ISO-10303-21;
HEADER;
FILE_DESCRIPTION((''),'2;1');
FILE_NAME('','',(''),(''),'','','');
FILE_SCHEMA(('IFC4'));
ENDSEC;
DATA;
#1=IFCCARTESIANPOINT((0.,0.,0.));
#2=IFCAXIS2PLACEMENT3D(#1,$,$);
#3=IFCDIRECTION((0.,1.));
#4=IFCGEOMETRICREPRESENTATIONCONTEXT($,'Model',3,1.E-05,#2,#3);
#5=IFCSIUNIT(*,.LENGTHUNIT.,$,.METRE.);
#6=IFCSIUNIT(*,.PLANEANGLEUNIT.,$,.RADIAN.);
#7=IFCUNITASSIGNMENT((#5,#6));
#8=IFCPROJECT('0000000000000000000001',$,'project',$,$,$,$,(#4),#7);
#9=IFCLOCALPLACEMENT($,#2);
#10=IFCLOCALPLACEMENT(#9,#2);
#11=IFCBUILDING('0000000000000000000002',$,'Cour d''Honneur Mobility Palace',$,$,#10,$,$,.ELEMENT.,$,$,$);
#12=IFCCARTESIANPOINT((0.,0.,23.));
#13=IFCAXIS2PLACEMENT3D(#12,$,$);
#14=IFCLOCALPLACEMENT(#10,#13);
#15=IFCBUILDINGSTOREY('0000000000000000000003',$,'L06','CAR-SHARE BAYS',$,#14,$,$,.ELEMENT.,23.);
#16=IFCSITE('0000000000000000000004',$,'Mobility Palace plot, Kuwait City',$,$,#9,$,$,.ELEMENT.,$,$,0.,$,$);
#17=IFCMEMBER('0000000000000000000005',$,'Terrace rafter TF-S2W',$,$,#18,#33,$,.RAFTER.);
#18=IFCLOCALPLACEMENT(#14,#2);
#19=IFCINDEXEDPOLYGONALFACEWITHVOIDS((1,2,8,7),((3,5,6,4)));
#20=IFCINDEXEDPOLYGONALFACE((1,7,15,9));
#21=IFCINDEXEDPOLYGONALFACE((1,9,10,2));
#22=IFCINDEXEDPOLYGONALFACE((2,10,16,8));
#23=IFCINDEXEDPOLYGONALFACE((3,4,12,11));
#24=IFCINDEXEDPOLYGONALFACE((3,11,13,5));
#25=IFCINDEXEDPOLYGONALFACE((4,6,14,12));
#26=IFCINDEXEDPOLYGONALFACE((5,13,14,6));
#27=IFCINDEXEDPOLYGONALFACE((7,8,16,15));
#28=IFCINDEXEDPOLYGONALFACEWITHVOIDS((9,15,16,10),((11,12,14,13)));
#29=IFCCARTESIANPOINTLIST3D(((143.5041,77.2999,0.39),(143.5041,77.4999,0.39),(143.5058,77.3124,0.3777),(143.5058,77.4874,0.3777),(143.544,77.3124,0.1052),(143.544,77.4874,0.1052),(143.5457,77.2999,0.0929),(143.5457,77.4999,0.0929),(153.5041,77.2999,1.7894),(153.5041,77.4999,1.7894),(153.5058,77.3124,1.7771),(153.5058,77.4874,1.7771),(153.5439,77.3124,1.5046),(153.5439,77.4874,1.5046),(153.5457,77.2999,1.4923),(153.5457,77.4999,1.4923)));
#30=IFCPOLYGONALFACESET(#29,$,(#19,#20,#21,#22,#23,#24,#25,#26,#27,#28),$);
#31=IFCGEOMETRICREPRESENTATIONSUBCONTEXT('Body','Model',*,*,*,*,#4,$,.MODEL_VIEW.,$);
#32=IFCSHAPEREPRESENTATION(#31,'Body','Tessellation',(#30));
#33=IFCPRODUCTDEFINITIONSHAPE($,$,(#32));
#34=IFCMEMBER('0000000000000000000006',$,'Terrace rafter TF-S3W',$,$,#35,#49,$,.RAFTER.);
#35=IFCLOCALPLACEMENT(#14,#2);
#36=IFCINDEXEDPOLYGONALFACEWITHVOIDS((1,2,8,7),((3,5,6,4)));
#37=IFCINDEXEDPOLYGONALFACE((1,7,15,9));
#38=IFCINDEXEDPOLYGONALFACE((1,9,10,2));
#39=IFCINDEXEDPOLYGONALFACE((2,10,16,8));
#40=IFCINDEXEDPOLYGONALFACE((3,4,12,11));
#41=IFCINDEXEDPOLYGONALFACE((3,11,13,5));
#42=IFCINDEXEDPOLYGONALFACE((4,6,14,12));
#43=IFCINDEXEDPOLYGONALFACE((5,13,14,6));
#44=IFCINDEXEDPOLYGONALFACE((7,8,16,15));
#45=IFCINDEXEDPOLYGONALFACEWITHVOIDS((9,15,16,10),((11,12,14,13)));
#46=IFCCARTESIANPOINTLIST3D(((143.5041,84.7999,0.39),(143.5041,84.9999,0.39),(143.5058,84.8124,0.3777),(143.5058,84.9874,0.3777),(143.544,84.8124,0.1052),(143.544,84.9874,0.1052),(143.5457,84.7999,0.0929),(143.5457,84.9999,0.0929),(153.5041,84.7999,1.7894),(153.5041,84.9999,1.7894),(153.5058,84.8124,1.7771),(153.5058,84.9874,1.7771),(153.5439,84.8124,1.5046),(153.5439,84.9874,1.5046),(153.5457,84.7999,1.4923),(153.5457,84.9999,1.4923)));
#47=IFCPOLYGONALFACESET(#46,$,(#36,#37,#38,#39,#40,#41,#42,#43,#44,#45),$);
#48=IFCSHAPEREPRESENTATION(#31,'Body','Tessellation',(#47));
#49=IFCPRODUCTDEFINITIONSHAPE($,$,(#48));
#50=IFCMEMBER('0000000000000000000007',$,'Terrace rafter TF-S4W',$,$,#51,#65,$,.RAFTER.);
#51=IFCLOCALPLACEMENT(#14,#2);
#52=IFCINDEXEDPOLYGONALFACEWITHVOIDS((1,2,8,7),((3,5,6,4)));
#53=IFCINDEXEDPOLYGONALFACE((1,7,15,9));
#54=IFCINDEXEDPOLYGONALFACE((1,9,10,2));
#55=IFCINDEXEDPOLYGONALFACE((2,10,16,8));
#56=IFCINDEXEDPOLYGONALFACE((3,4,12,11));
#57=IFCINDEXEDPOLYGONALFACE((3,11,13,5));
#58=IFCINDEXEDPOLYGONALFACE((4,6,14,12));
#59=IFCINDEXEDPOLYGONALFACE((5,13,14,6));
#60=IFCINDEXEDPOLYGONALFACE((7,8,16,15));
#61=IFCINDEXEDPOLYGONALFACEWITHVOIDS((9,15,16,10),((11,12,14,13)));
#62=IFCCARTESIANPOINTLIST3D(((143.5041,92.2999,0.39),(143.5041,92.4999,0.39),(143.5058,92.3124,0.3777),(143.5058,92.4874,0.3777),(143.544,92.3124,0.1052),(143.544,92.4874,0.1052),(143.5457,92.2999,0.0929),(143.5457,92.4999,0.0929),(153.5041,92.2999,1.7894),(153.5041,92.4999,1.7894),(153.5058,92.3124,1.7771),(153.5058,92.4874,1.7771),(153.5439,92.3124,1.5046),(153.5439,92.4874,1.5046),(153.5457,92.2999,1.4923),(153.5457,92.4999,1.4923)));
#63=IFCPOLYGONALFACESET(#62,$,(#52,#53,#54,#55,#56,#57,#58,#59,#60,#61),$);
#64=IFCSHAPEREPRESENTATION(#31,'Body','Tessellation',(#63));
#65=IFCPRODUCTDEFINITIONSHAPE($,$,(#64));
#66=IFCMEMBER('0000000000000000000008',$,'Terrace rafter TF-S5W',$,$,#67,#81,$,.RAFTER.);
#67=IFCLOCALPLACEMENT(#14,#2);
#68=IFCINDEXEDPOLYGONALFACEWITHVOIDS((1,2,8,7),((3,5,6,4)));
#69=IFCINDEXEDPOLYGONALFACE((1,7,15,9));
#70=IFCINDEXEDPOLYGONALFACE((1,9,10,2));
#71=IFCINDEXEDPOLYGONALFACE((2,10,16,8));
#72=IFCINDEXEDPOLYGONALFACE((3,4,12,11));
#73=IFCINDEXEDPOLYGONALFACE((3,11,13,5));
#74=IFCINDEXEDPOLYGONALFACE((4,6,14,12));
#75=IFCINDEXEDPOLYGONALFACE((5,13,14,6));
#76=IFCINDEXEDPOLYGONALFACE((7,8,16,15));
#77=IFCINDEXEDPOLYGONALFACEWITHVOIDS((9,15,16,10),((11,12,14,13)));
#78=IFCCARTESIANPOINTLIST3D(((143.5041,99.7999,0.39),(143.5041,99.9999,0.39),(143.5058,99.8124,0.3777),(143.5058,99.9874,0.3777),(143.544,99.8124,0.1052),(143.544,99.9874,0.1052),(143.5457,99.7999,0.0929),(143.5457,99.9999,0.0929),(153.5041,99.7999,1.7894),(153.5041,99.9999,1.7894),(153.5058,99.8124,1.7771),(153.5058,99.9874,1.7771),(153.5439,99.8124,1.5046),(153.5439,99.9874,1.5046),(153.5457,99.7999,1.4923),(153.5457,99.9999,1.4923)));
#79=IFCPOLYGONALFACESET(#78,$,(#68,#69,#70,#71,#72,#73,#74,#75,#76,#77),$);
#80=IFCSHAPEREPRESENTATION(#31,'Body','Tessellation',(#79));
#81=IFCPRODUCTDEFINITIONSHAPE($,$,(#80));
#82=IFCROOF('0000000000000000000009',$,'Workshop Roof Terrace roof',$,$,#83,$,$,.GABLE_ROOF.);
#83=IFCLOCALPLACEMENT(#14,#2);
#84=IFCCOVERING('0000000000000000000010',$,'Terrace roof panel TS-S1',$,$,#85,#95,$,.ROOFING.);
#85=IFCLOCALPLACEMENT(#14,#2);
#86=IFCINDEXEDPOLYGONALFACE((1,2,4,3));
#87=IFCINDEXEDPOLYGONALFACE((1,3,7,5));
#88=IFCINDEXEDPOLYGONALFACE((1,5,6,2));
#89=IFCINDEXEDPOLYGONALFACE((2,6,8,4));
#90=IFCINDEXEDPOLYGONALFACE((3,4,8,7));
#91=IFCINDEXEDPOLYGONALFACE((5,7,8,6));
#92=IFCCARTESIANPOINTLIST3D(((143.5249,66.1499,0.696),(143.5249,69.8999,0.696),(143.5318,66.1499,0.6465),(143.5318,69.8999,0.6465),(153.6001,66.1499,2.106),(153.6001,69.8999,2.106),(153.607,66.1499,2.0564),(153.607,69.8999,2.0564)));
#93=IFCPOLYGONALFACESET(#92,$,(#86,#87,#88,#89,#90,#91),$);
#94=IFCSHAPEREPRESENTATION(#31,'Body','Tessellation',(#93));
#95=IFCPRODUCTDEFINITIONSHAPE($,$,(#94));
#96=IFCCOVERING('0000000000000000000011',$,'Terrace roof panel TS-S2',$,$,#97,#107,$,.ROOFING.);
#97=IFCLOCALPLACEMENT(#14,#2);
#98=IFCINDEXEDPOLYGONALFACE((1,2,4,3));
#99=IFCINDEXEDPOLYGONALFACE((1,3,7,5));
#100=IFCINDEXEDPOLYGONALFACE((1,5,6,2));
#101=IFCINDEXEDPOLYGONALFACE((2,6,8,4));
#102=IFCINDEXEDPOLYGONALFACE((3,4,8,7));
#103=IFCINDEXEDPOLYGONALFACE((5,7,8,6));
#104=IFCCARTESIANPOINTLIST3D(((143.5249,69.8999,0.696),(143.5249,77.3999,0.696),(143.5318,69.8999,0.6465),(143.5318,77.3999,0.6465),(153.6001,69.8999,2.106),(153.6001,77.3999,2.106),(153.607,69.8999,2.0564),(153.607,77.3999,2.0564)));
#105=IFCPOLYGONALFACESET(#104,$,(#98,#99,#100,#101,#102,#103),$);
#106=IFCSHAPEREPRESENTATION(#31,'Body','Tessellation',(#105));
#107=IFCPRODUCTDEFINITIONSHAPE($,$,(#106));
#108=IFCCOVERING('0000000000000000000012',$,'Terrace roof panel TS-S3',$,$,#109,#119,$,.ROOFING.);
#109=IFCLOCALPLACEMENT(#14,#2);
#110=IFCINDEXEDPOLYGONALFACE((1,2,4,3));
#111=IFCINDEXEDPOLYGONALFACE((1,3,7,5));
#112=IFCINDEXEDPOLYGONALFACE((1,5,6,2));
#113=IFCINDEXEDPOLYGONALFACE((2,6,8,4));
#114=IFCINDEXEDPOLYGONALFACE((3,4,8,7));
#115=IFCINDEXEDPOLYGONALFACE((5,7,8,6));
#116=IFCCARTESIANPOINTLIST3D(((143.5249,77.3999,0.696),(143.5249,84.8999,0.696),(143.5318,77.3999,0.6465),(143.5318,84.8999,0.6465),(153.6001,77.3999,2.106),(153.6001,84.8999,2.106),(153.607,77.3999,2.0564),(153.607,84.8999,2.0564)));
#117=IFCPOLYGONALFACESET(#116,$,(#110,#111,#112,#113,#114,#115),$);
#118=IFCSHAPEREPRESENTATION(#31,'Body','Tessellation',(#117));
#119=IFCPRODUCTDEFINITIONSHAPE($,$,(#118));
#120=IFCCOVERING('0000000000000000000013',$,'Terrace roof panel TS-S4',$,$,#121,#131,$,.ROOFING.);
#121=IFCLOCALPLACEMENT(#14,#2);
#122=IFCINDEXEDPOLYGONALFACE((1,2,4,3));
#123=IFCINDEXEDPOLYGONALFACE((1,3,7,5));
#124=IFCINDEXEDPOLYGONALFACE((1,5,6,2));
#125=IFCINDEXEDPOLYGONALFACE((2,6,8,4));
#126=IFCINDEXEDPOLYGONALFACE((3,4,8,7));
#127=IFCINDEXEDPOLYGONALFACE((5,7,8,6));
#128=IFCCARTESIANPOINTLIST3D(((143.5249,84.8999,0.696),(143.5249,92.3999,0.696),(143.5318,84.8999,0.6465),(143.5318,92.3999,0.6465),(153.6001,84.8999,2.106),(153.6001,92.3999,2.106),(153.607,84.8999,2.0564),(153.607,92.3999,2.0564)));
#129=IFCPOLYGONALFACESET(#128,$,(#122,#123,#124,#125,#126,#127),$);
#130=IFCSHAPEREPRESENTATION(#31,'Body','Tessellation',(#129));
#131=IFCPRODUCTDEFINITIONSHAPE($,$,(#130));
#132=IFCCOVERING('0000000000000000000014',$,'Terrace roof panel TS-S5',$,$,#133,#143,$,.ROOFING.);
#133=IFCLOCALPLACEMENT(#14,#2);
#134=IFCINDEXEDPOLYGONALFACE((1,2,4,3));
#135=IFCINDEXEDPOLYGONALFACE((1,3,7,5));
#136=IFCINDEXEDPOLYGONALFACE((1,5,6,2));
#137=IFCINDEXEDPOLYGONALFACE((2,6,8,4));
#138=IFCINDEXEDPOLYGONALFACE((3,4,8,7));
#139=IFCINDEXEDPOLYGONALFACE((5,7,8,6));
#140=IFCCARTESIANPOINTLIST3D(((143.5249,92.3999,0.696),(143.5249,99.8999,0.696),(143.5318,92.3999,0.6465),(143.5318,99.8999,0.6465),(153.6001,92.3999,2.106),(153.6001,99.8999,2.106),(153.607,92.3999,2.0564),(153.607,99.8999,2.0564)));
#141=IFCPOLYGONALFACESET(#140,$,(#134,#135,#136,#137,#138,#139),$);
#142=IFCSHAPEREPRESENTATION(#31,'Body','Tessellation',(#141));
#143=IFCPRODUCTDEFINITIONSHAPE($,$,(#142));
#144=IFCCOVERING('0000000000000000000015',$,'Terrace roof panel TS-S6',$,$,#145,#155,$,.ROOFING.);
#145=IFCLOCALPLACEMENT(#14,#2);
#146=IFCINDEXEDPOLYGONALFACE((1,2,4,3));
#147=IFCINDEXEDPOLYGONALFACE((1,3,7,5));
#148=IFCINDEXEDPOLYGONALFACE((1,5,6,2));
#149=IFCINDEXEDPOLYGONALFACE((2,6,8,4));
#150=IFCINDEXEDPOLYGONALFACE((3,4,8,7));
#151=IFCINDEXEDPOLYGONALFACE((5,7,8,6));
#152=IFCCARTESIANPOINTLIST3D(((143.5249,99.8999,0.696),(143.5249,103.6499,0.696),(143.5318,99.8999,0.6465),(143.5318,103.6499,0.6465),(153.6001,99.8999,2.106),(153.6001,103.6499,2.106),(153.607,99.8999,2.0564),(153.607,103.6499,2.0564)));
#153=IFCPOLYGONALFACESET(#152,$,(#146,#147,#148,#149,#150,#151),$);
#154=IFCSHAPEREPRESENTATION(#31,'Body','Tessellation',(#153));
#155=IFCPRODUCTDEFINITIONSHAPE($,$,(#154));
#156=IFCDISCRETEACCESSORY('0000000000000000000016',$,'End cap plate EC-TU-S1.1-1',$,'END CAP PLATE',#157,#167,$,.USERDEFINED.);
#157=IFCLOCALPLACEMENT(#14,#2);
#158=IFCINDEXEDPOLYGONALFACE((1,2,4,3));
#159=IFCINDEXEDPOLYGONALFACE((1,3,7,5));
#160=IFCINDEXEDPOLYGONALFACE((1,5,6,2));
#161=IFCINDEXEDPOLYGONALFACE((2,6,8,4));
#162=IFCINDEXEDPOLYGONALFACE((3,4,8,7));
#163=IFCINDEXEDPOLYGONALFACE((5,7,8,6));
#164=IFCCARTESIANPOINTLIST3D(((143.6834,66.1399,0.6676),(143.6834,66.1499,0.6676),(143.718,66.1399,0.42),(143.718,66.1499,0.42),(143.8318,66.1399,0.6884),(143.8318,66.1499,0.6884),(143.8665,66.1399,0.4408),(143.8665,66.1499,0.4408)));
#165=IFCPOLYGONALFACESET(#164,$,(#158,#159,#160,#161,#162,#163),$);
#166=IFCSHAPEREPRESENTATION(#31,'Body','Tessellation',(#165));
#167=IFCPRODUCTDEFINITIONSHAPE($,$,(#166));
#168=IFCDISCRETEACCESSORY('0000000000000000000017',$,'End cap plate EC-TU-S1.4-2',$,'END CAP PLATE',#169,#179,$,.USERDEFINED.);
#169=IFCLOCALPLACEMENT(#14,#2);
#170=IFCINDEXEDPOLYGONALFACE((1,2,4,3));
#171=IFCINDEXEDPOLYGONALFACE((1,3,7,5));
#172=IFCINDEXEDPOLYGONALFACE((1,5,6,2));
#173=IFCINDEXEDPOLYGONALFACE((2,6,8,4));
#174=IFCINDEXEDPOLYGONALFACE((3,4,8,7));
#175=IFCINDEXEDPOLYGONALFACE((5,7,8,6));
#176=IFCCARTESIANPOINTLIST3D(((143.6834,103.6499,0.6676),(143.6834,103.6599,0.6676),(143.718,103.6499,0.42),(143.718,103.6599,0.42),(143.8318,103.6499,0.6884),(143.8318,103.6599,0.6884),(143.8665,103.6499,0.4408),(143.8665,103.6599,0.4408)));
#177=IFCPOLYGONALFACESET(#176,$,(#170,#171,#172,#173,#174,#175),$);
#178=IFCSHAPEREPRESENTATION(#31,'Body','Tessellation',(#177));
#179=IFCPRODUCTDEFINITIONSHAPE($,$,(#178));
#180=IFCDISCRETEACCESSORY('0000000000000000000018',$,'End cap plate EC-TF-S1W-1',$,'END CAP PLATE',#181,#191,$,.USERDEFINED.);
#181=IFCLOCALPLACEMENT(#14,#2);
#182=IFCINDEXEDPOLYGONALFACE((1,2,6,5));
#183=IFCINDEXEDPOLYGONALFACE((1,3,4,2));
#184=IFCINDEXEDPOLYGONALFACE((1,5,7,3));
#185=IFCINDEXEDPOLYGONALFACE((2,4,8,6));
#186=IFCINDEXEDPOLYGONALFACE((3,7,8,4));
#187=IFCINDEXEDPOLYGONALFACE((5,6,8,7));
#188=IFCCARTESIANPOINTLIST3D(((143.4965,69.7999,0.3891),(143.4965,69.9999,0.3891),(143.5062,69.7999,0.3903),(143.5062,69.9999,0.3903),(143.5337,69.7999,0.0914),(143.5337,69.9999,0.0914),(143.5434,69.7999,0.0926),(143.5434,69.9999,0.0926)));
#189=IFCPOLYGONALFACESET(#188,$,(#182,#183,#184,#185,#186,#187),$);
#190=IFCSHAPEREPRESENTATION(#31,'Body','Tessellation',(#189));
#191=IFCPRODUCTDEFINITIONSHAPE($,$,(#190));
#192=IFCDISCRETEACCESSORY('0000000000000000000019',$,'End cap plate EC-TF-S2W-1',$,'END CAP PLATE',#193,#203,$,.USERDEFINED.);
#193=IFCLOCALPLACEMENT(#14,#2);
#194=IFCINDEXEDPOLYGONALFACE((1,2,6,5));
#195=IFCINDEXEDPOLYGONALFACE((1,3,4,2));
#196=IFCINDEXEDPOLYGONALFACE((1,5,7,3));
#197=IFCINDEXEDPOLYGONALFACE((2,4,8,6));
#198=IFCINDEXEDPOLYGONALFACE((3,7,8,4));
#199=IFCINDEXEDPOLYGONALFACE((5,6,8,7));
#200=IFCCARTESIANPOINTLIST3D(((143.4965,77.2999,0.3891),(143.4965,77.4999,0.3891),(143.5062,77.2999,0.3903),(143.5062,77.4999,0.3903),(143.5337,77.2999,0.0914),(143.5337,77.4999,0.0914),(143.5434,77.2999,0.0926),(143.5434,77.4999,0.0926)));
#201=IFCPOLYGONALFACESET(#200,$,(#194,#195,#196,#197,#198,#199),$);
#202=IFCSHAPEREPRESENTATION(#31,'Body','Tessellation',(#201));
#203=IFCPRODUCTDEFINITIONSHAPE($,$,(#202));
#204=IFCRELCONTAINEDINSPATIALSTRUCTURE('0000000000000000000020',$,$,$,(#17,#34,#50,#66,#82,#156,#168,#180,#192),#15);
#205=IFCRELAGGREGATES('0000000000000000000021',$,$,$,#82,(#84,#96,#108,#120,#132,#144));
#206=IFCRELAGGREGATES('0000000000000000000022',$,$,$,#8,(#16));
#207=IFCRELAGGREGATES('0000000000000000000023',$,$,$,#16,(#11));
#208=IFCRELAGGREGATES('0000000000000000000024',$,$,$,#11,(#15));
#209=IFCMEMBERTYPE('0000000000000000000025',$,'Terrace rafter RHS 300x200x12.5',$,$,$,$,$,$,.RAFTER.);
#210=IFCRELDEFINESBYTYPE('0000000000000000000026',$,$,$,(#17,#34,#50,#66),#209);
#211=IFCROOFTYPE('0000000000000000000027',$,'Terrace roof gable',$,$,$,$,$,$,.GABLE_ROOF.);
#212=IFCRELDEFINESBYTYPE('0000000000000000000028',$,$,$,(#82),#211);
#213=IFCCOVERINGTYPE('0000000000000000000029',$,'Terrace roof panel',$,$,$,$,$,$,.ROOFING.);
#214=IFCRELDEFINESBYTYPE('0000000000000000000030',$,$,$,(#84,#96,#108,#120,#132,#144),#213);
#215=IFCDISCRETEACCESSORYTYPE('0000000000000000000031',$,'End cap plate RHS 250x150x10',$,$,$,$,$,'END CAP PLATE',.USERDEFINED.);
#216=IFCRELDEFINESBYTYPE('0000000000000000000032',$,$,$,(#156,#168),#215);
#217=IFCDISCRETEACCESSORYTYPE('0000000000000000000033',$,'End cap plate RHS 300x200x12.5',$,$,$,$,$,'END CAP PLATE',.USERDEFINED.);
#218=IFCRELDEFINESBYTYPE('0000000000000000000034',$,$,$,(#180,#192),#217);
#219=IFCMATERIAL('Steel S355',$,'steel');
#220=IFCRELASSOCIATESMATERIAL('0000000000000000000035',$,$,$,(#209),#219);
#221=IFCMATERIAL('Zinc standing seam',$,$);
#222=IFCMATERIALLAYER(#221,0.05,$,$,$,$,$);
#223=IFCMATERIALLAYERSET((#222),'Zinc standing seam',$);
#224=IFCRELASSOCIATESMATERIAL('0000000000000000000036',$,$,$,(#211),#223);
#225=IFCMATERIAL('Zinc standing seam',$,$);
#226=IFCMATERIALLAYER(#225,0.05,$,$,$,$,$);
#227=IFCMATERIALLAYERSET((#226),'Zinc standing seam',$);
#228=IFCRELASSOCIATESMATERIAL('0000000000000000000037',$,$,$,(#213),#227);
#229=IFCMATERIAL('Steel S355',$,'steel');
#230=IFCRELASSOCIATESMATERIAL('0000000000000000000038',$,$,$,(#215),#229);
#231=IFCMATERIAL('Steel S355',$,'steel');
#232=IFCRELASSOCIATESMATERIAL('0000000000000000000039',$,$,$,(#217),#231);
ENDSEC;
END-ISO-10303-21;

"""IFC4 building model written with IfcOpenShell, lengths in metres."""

from ifc_helpers import new_model, si_unit, direction, frame, origin, origin_2d, place, context, subcontext, project, spatial, polyline, rectangle, hollow_rectangle, outline, extrude, material, layer, layer_set, material_profile, profile_set, type_object, element, aggregate, save


model = new_model("IFC4")

# Units and contexts
model_context = context("Model", 3, precision=1e-05, world=origin(), true_north=direction((0.0, 1.0)))
body_context = subcontext(model_context, "Body", "Model", "MODEL_VIEW")
ifc_project = project(units=[si_unit("LENGTHUNIT", "METRE"), si_unit("PLANEANGLEUNIT", "RADIAN")], contexts=[model_context])

# Site, building, storey
site_placement = place(None, origin())
site = spatial("IfcSite", under=ifc_project, at=site_placement, Name="Mobility Palace plot, Kuwait City", CompositionType="ELEMENT", RefElevation=0.0)
building_placement = place(site_placement, origin())
building = spatial("IfcBuilding", under=site, at=building_placement, Name="Cour d'Honneur Mobility Palace", CompositionType="ELEMENT")
storey_placement = place(building_placement, frame((0.0, 0.0, 23.0)))
storey = spatial("IfcBuildingStorey", under=building, at=storey_placement, Name="L06", Description="CAR-SHARE BAYS", CompositionType="ELEMENT", Elevation=23.0)

# Members
ifc_material_1 = material(Name="Steel S355", Category="steel")
ifc_material_profile_1 = material_profile(ifc_material_1, hollow_rectangle(XDim=0.2, YDim=0.3, WallThickness=0.0125, at=origin_2d()), Name="RHS 300x200x12.5")
ifc_profile_set_1 = profile_set([ifc_material_profile_1], Name="Steel S355")
member_type_1 = type_object("IfcMemberType", Name="Terrace rafter RHS 300x200x12.5", PredefinedType="RAFTER", material=ifc_profile_set_1)
for number, where, z_axis, x_axis, name in (
    (1, (143.5249, 77.3999, 0.2415), (0.99035, 0.0, 0.138591), (0.0, 1.0, 0.0), "Terrace rafter TF-S2W"),
    (2, (143.5249, 84.8999, 0.2415), (0.99035, 0.0, 0.138591), (0.0, 1.0, 0.0), "Terrace rafter TF-S3W"),
    (3, (143.5249, 92.3999, 0.2415), (0.99035, 0.0, 0.138591), (0.0, 1.0, 0.0), "Terrace rafter TF-S4W"),
    (4, (143.5249, 99.8999, 0.2415), (0.99035, 0.0, 0.138591), (0.0, 1.0, 0.0), "Terrace rafter TF-S5W"),
):
    element("IfcMember", number, at=place(storey_placement, frame(where, z_axis=z_axis, x_axis=x_axis)), inside=storey, type_object=member_type_1, Name=name, PredefinedType="RAFTER", context=body_context, shape_type="SweptSolid", body=[
        extrude(hollow_rectangle(XDim=0.2, YDim=0.3, WallThickness=0.0125, at=origin_2d()), origin(), (0.0, 0.0, 1.0), 10.0974),
    ])

# Roof, coverings
ifc_material_2 = material(Name="Zinc standing seam")
ifc_layer_1 = layer(ifc_material_2, 0.05)
ifc_layer_set_1 = layer_set([ifc_layer_1], Name="Zinc standing seam")
roof_type = type_object("IfcRoofType", Name="Terrace roof gable", PredefinedType="GABLE_ROOF", material=ifc_layer_set_1)
roof_placement = place(storey_placement, origin())
roof = element("IfcRoof", 5, at=roof_placement, inside=storey, type_object=roof_type, Name="Workshop Roof Terrace roof", PredefinedType="GABLE_ROOF")
ifc_material_3 = material(Name="Zinc standing seam")
ifc_layer_2 = layer(ifc_material_3, 0.05)
ifc_layer_set_2 = layer_set([ifc_layer_2], Name="Zinc standing seam")
covering_type = type_object("IfcCoveringType", Name="Terrace roof panel", PredefinedType="ROOFING", material=ifc_layer_set_2)
covering_1_placement = place(storey_placement, frame((143.5249, 66.1499, 0.696), z_axis=(-0.138589, 0.0, 0.99035), x_axis=(0.99035, 0.0, 0.138589)))
covering_1 = element("IfcCovering", 6, at=covering_1_placement, type_object=covering_type, Name="Terrace roof panel TS-S1", PredefinedType="ROOFING", context=body_context, shape_type="SweptSolid", body=[
    extrude(outline(polyline([(0.0, 0.0), (10.1734, 0.0), (10.1734, 3.75), (0.0, 3.75), (0.0, 0.0)])), origin(), (0.0, 0.0, -1.0), 0.05),
])
covering_2_placement = place(storey_placement, frame((143.5249, 69.8999, 0.696), z_axis=(-0.138589, 0.0, 0.99035), x_axis=(0.99035, 0.0, 0.138589)))
covering_2 = element("IfcCovering", 7, at=covering_2_placement, type_object=covering_type, Name="Terrace roof panel TS-S2", PredefinedType="ROOFING", context=body_context, shape_type="SweptSolid", body=[
    extrude(outline(polyline([(0.0, 0.0), (10.1734, 0.0), (10.1734, 7.5), (0.0, 7.5), (0.0, 0.0)])), origin(), (0.0, 0.0, -1.0), 0.05),
])
covering_3_placement = place(storey_placement, frame((143.5249, 77.3999, 0.696), z_axis=(-0.138589, 0.0, 0.99035), x_axis=(0.99035, 0.0, 0.138589)))
covering_3 = element("IfcCovering", 8, at=covering_3_placement, type_object=covering_type, Name="Terrace roof panel TS-S3", PredefinedType="ROOFING", context=body_context, shape_type="SweptSolid", body=[
    extrude(outline(polyline([(0.0, 0.0), (10.1734, 0.0), (10.1734, 7.5), (0.0, 7.5), (0.0, 0.0)])), origin(), (0.0, 0.0, -1.0), 0.05),
])
covering_4_placement = place(storey_placement, frame((143.5249, 84.8999, 0.696), z_axis=(-0.138589, 0.0, 0.99035), x_axis=(0.99035, 0.0, 0.138589)))
covering_4 = element("IfcCovering", 9, at=covering_4_placement, type_object=covering_type, Name="Terrace roof panel TS-S4", PredefinedType="ROOFING", context=body_context, shape_type="SweptSolid", body=[
    extrude(outline(polyline([(0.0, 0.0), (10.1734, 0.0), (10.1734, 7.5), (0.0, 7.5), (0.0, 0.0)])), origin(), (0.0, 0.0, -1.0), 0.05),
])
covering_5_placement = place(storey_placement, frame((143.5249, 92.3999, 0.696), z_axis=(-0.138589, 0.0, 0.99035), x_axis=(0.99035, 0.0, 0.138589)))
covering_5 = element("IfcCovering", 10, at=covering_5_placement, type_object=covering_type, Name="Terrace roof panel TS-S5", PredefinedType="ROOFING", context=body_context, shape_type="SweptSolid", body=[
    extrude(outline(polyline([(0.0, 0.0), (10.1734, 0.0), (10.1734, 7.5), (0.0, 7.5), (0.0, 0.0)])), origin(), (0.0, 0.0, -1.0), 0.05),
])
covering_6_placement = place(storey_placement, frame((143.5249, 99.8999, 0.696), z_axis=(-0.138589, 0.0, 0.99035), x_axis=(0.99035, 0.0, 0.138589)))
covering_6 = element("IfcCovering", 11, at=covering_6_placement, type_object=covering_type, Name="Terrace roof panel TS-S6", PredefinedType="ROOFING", context=body_context, shape_type="SweptSolid", body=[
    extrude(outline(polyline([(0.0, 0.0), (10.1734, 0.0), (10.1734, 3.75), (0.0, 3.75), (0.0, 0.0)])), origin(), (0.0, 0.0, -1.0), 0.05),
])
aggregate(roof, [covering_1, covering_2, covering_3, covering_4, covering_5, covering_6])

# Discrete accessories
ifc_material_4 = material(Name="Steel S355", Category="steel")
ifc_material_profile_2 = material_profile(ifc_material_4, rectangle(XDim=0.1499, YDim=0.25, at=origin_2d()), Name="PL 250x150x10")
ifc_profile_set_2 = profile_set([ifc_material_profile_2], Name="Steel S355")
discrete_accessory_type_1 = type_object("IfcDiscreteAccessoryType", Name="End cap plate RHS 250x150x10", ElementType="END CAP PLATE", PredefinedType="USERDEFINED", material=ifc_profile_set_2)
for number, where, z_axis, x_axis, name in (
    (12, (143.7749, 66.1399, 0.5542), (0.0, 1.0, 0.0), (-0.99035, 0.0, -0.138591), "End cap plate EC-TU-S1.1-1"),
    (13, (143.7749, 103.6499, 0.5542), (0.0, 1.0, 0.0), (-0.99035, 0.0, -0.138591), "End cap plate EC-TU-S1.4-2"),
):
    element("IfcDiscreteAccessory", number, at=place(storey_placement, frame(where, z_axis=z_axis, x_axis=x_axis)), inside=storey, type_object=discrete_accessory_type_1, Name=name, ObjectType="END CAP PLATE", PredefinedType="USERDEFINED", context=body_context, shape_type="SweptSolid", body=[
        extrude(rectangle(XDim=0.1499, YDim=0.25, at=origin_2d()), origin(), (0.0, 0.0, 1.0), 0.01),
    ])
ifc_material_5 = material(Name="Steel S355", Category="steel")
ifc_material_profile_3 = material_profile(ifc_material_5, rectangle(XDim=0.2, YDim=0.3, at=origin_2d()), Name="PL 300x200x10")
ifc_profile_set_3 = profile_set([ifc_material_profile_3], Name="Steel S355")
discrete_accessory_type_2 = type_object("IfcDiscreteAccessoryType", Name="End cap plate RHS 300x200x12.5", ElementType="END CAP PLATE", PredefinedType="USERDEFINED", material=ifc_profile_set_3)
for number, where, z_axis, x_axis, name in (
    (14, (143.5151, 69.8999, 0.2402), (0.992278, 0.0, 0.124035), (0.0, 1.0, 0.0), "End cap plate EC-TF-S1W-1"),
    (15, (143.5151, 77.3999, 0.2402), (0.992278, 0.0, 0.124035), (0.0, 1.0, 0.0), "End cap plate EC-TF-S2W-1"),
):
    element("IfcDiscreteAccessory", number, at=place(storey_placement, frame(where, z_axis=z_axis, x_axis=x_axis)), inside=storey, type_object=discrete_accessory_type_2, Name=name, ObjectType="END CAP PLATE", PredefinedType="USERDEFINED", context=body_context, shape_type="SweptSolid", body=[
        extrude(rectangle(XDim=0.2, YDim=0.3, at=origin_2d()), origin(), (0.0, 0.0, 1.0), 0.0098),
    ])

save(model, "model.ifc")
